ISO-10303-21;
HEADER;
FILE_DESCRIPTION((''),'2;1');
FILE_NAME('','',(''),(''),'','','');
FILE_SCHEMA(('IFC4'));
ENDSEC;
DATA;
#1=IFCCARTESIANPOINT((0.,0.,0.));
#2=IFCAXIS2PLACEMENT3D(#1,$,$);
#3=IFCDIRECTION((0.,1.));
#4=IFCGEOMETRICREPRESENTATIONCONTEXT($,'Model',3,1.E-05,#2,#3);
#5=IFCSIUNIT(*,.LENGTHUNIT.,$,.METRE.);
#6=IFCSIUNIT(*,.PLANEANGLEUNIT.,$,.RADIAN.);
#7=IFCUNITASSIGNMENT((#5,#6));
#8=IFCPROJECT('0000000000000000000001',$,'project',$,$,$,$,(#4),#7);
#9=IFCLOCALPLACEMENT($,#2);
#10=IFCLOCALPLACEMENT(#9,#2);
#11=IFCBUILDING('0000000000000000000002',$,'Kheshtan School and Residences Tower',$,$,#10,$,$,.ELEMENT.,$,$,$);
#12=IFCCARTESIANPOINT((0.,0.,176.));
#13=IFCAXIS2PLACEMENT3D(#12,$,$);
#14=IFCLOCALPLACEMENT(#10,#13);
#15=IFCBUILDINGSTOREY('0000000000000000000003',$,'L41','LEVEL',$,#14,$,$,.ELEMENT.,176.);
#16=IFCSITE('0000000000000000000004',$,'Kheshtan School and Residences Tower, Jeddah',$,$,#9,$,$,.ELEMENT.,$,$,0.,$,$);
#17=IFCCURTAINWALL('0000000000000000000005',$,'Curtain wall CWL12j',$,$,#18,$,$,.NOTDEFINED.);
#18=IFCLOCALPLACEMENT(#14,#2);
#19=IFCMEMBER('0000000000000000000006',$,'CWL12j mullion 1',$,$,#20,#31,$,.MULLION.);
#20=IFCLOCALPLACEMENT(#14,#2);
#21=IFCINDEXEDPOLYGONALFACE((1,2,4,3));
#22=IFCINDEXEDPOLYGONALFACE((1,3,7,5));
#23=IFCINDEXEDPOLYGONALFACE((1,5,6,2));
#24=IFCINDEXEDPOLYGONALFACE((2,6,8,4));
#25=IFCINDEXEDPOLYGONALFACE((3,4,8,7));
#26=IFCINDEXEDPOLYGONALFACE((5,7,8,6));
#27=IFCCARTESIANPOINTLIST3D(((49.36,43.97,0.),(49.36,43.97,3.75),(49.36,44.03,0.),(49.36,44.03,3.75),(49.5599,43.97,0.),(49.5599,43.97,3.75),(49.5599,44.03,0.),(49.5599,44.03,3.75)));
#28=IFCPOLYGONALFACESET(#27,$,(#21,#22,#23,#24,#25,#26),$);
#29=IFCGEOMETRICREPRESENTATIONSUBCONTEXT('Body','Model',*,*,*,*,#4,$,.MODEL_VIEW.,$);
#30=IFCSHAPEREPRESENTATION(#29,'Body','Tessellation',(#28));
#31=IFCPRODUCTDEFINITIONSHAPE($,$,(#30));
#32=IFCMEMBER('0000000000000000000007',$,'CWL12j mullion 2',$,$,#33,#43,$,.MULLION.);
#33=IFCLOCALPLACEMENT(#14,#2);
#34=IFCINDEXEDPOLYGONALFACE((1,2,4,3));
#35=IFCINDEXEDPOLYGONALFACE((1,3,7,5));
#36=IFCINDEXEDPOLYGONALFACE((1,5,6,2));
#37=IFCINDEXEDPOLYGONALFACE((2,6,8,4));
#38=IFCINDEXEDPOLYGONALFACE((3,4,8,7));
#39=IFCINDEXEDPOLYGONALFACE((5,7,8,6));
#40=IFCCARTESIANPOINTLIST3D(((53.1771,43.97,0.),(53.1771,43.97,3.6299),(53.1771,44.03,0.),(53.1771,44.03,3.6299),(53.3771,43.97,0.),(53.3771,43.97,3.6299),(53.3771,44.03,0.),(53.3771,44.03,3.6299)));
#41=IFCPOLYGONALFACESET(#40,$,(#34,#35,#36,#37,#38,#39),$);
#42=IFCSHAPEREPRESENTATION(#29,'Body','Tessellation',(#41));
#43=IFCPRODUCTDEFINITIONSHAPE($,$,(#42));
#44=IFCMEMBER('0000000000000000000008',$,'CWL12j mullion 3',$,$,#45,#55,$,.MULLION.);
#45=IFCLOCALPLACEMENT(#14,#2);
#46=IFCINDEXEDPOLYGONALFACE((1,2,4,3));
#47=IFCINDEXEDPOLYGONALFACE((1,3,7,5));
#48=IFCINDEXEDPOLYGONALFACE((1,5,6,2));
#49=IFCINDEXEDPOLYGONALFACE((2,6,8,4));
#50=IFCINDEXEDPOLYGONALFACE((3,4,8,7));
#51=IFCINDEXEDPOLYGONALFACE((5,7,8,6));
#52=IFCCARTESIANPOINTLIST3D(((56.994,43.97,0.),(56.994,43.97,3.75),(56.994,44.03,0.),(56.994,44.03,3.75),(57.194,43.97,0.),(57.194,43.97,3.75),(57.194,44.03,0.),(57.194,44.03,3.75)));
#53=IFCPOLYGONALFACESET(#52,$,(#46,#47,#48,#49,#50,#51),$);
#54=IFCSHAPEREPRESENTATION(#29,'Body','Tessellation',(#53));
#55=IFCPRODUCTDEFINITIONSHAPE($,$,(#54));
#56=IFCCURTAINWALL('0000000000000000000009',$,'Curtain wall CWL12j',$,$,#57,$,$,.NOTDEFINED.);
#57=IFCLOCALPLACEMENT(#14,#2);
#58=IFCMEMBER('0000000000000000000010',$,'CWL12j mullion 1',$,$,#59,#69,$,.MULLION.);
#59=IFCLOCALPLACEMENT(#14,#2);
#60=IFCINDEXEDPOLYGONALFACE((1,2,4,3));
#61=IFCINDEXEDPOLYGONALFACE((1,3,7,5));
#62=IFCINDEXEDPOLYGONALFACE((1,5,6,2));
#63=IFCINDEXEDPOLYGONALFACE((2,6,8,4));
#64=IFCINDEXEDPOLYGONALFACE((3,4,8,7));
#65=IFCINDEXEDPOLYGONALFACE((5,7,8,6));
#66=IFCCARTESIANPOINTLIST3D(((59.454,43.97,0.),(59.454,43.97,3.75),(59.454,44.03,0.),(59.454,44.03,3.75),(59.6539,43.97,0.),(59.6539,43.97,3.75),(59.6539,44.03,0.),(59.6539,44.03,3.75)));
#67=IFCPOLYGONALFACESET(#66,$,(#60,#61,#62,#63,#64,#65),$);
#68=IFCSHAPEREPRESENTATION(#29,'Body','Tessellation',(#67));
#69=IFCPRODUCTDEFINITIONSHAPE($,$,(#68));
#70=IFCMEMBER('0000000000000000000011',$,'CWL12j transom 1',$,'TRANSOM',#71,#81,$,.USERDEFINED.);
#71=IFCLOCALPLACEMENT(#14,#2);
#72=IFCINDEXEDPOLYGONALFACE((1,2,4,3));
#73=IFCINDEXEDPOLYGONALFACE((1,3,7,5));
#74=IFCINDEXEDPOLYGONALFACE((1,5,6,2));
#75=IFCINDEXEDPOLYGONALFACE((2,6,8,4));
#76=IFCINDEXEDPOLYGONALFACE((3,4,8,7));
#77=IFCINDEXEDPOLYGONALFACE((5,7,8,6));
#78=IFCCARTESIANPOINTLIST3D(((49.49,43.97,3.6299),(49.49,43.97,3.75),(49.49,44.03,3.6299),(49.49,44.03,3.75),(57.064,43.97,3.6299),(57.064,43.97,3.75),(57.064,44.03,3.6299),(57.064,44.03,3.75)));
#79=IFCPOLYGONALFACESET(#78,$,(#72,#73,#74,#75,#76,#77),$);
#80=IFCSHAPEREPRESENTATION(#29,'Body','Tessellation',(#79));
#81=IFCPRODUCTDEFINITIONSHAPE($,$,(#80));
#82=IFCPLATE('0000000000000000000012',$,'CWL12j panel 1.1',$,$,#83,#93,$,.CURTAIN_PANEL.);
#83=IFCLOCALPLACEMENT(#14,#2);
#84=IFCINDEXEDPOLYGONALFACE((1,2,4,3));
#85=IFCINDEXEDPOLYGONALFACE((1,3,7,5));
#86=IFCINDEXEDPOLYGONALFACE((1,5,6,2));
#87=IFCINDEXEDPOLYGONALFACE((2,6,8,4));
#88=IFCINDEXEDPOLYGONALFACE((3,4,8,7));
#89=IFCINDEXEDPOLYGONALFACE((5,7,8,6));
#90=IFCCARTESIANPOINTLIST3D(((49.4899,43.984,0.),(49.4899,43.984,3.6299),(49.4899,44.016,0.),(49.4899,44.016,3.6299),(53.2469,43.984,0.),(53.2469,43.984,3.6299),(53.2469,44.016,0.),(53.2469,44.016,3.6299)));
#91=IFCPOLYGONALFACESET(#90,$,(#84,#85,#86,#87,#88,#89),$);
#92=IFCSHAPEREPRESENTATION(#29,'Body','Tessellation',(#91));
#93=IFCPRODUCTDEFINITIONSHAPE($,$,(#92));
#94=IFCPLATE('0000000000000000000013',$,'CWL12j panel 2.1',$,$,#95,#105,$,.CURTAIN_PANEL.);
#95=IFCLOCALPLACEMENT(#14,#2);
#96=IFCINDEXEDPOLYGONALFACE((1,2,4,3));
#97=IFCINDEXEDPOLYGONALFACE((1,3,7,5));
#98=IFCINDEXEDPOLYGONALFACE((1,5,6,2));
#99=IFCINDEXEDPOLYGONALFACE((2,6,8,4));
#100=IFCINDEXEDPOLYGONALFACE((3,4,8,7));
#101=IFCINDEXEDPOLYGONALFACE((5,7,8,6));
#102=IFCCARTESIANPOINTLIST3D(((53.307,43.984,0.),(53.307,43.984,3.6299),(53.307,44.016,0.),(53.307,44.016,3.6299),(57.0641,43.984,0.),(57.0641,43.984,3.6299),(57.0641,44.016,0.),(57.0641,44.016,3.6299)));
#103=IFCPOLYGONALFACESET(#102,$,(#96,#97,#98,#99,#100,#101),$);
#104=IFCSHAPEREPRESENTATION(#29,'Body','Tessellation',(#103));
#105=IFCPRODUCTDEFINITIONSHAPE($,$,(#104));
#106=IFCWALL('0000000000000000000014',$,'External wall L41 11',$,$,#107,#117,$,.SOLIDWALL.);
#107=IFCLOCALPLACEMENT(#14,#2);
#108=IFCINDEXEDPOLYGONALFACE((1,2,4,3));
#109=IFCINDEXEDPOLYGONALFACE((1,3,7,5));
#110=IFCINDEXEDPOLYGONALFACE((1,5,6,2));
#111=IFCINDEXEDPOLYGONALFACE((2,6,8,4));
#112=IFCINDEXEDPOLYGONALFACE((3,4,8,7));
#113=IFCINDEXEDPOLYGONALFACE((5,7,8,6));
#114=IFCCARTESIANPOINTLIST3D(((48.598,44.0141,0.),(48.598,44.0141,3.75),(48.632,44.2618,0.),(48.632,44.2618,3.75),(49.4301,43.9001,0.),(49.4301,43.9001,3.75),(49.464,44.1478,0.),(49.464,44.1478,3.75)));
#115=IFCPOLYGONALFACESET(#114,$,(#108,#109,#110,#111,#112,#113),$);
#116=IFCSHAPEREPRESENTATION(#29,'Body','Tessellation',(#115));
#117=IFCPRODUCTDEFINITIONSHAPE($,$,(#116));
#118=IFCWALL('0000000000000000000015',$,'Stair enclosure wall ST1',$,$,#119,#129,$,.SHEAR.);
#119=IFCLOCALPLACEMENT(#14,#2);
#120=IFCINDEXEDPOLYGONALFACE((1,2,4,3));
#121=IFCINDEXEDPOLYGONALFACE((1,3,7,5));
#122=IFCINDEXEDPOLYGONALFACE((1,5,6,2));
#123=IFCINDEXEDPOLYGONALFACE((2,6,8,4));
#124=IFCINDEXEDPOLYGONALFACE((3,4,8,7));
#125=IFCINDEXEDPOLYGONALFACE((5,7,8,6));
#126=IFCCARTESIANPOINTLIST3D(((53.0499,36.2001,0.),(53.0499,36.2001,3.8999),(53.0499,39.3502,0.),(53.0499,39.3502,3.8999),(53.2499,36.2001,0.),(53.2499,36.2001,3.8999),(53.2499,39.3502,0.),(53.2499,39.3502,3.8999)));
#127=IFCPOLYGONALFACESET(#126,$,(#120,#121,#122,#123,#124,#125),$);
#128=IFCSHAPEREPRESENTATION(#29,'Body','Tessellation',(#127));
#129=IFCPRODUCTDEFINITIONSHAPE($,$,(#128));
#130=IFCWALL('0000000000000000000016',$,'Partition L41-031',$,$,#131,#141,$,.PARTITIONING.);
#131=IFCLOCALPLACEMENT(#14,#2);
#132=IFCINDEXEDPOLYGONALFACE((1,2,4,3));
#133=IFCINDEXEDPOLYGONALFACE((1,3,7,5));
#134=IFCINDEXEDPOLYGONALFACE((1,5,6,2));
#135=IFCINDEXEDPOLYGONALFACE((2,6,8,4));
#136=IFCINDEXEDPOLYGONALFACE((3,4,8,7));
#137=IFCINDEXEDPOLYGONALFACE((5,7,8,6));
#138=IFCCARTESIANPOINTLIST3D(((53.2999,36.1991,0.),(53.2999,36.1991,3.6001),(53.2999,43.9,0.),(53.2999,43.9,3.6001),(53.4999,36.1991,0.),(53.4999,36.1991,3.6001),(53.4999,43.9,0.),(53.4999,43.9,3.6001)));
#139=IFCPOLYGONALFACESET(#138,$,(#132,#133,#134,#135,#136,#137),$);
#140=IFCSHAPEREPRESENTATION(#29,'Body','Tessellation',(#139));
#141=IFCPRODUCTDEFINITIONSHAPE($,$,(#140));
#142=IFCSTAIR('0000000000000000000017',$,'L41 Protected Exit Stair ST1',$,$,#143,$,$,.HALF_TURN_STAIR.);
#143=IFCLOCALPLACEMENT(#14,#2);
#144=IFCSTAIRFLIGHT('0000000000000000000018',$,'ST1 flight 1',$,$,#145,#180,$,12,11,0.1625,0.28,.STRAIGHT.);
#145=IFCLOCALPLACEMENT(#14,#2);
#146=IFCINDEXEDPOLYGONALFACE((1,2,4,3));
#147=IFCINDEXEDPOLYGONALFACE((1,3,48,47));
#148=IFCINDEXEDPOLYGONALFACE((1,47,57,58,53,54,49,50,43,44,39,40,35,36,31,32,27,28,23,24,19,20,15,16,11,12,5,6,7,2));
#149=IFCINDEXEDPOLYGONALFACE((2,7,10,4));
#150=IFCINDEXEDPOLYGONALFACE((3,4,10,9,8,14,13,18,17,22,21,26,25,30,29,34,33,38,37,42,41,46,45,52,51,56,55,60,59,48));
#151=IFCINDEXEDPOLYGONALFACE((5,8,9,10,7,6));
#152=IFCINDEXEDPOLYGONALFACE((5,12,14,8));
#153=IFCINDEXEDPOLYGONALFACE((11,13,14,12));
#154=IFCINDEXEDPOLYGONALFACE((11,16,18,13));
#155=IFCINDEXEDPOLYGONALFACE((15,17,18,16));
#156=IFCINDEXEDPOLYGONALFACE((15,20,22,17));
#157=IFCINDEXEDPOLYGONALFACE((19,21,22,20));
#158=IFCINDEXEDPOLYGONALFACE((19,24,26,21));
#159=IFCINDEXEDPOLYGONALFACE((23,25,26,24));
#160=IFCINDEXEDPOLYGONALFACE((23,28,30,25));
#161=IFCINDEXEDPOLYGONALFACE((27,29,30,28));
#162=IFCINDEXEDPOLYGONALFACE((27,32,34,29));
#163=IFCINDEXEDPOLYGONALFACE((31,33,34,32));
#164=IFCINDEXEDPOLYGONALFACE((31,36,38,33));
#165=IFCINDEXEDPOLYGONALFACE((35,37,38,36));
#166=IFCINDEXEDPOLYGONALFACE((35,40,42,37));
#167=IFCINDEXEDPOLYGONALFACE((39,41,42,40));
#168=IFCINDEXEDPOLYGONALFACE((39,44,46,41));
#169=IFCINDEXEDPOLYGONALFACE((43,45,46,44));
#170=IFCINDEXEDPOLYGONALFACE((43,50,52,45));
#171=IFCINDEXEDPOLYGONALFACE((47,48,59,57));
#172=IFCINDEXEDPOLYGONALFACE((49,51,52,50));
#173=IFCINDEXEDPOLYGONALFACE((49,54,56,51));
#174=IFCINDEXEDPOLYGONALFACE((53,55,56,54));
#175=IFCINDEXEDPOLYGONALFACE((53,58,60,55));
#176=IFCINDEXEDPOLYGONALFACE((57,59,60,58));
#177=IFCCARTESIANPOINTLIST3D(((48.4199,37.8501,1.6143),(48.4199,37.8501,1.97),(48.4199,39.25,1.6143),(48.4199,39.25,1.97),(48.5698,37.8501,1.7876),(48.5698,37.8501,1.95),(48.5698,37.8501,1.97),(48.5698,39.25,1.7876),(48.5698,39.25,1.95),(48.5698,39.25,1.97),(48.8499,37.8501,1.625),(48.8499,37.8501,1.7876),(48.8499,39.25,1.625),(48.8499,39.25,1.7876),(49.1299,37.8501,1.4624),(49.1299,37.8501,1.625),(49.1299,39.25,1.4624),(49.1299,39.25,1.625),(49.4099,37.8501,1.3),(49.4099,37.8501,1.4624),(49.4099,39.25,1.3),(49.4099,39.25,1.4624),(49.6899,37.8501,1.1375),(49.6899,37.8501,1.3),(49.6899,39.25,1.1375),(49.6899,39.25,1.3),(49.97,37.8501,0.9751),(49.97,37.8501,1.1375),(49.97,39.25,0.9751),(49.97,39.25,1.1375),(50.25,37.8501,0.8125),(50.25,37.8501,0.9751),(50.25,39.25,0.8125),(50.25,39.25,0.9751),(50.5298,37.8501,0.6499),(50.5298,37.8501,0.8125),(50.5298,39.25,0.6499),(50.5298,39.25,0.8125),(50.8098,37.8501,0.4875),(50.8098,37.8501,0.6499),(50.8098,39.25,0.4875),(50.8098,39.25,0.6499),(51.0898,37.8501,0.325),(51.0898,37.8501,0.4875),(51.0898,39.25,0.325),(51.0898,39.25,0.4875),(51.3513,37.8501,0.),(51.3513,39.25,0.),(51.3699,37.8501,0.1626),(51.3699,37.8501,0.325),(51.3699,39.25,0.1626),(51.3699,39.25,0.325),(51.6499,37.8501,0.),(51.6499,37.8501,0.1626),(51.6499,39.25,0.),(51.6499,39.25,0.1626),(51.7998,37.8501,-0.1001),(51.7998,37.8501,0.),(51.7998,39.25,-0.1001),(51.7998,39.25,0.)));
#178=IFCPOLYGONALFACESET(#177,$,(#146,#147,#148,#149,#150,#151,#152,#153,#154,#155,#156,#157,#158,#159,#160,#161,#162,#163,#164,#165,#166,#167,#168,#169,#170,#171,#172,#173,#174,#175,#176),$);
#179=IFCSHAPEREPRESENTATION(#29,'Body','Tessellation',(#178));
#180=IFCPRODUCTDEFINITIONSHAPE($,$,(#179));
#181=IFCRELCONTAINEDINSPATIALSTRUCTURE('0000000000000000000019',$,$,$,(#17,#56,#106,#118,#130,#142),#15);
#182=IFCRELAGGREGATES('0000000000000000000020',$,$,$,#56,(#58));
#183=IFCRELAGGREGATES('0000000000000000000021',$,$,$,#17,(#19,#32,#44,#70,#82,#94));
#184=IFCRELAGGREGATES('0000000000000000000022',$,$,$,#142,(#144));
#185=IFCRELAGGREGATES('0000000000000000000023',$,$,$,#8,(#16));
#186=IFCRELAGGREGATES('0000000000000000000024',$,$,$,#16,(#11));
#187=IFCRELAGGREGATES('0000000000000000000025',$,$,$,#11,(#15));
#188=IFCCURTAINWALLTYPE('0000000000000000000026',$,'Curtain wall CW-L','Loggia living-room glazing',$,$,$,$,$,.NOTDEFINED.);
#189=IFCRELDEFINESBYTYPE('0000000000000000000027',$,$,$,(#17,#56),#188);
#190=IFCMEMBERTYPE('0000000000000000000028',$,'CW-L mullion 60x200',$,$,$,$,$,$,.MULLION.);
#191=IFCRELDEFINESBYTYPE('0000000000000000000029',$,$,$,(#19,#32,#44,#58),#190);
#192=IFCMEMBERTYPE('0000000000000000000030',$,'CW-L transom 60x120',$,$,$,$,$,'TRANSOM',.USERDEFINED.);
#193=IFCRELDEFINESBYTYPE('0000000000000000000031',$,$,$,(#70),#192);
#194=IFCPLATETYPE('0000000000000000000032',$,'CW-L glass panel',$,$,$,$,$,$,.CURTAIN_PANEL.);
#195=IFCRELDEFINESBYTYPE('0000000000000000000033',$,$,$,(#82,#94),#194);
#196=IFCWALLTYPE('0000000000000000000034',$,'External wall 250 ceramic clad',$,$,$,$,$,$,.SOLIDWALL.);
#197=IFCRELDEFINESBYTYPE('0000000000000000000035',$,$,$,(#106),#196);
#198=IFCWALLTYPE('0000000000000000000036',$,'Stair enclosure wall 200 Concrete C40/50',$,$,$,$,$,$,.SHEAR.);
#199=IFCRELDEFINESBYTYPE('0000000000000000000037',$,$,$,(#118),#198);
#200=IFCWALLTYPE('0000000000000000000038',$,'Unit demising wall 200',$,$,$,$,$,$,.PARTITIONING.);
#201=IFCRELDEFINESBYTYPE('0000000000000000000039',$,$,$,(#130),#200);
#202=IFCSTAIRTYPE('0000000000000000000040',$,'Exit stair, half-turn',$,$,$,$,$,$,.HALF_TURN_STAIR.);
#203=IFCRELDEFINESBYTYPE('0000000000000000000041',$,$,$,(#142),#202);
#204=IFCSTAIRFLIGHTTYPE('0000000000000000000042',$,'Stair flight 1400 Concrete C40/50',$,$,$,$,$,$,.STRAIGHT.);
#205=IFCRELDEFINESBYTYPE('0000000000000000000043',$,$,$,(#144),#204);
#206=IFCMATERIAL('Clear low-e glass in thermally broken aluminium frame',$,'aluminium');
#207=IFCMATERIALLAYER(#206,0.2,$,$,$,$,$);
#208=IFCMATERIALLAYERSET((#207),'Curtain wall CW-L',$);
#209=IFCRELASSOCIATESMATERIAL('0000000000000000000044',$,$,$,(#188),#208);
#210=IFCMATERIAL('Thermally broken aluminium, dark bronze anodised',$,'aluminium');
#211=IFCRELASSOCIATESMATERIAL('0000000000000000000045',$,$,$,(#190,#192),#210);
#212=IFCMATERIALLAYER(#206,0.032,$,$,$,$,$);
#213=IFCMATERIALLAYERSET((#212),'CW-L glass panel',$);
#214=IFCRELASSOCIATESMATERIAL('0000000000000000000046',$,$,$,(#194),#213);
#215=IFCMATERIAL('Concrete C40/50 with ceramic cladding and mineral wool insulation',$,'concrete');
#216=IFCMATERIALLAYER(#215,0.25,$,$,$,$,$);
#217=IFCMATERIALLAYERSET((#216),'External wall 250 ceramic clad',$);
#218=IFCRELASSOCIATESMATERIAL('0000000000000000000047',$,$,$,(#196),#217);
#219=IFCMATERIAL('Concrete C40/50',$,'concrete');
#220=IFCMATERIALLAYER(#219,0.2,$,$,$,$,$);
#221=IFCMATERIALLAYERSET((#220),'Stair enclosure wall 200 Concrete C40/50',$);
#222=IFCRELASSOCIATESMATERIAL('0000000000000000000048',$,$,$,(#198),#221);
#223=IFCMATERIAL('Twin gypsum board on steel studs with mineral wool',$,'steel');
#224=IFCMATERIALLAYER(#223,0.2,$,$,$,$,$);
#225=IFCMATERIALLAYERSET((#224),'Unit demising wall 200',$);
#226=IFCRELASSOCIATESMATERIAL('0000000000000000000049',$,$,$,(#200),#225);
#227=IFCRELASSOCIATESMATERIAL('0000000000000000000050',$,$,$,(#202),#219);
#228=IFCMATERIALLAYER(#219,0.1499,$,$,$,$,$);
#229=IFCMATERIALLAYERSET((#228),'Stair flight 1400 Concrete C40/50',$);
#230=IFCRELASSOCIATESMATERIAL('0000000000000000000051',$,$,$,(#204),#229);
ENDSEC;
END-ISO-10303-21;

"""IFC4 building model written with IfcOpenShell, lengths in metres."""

from ifc_helpers import new_model, si_unit, direction, frame, frame_2d, origin, origin_2d, place, context, subcontext, project, spatial, polyline, rectangle, outline, extrude, material, layer, layer_set, material_profile, profile_set, type_object, element, aggregate, save


model = new_model("IFC4")

# Units and contexts
model_context = context("Model", 3, precision=1e-05, world=origin(), true_north=direction((0.0, 1.0)))
body_context = subcontext(model_context, "Body", "Model", "MODEL_VIEW")
ifc_project = project(units=[si_unit("LENGTHUNIT", "METRE"), si_unit("PLANEANGLEUNIT", "RADIAN")], contexts=[model_context])

# Site, building, storey
site_placement = place(None, origin())
site = spatial("IfcSite", under=ifc_project, at=site_placement, Name="Kheshtan School and Residences Tower, Jeddah", CompositionType="ELEMENT", RefElevation=0.0)
building_placement = place(site_placement, origin())
building = spatial("IfcBuilding", under=site, at=building_placement, Name="Kheshtan School and Residences Tower", CompositionType="ELEMENT")
storey_placement = place(building_placement, frame((0.0, 0.0, 176.0)))
storey = spatial("IfcBuildingStorey", under=building, at=storey_placement, Name="L41", Description="LEVEL", CompositionType="ELEMENT", Elevation=176.0)

# Curtain wall, members
ifc_material_1 = material(Name="Clear low-e glass in thermally broken aluminium frame", Category="aluminium")
ifc_layer_1 = layer(ifc_material_1, 0.2)
ifc_layer_set_1 = layer_set([ifc_layer_1], Name="Curtain wall CW-L")
curtain_wall_type = type_object("IfcCurtainWallType", Name="Curtain wall CW-L", Description="Loggia living-room glazing", PredefinedType="NOTDEFINED", material=ifc_layer_set_1)
curtain_wall_1_placement = place(storey_placement, origin())
curtain_wall_1 = element("IfcCurtainWall", 1, at=curtain_wall_1_placement, inside=storey, type_object=curtain_wall_type, Name="Curtain wall CWL12j", PredefinedType="NOTDEFINED")
ifc_material_2 = material(Name="Thermally broken aluminium, dark bronze anodised", Category="aluminium")
ifc_material_profile_1 = material_profile(ifc_material_2, rectangle(XDim=0.0601, YDim=0.2, at=origin_2d()), Name="CW-L mullion 60x200")
ifc_profile_set_1 = profile_set([ifc_material_profile_1], Name="Thermally broken aluminium, dark bronze anodised")
member_type_1 = type_object("IfcMemberType", Name="CW-L mullion 60x200", PredefinedType="MULLION", material=ifc_profile_set_1)
member_1_placement = place(storey_placement, frame((49.46, 44.0, 0.0), z_axis=(0.0, 0.0, 1.0), x_axis=(0.0, 1.0, 0.0)))
member_1 = element("IfcMember", 2, at=member_1_placement, type_object=member_type_1, Name="CWL12j mullion 1", PredefinedType="MULLION", context=body_context, shape_type="SweptSolid", body=[
    extrude(rectangle(XDim=0.0601, YDim=0.2, at=origin_2d()), origin(), (0.0, 0.0, 1.0), 3.75),
])
member_2_placement = place(storey_placement, frame((53.2771, 44.0, 0.0), z_axis=(0.0, 0.0, 1.0), x_axis=(0.0, 1.0, 0.0)))
member_2 = element("IfcMember", 3, at=member_2_placement, type_object=member_type_1, Name="CWL12j mullion 2", PredefinedType="MULLION", context=body_context, shape_type="SweptSolid", body=[
    extrude(rectangle(XDim=0.0601, YDim=0.2, at=origin_2d()), origin(), (0.0, 0.0, 1.0), 3.6299),
])
member_3_placement = place(storey_placement, frame((57.094, 44.0, 0.0), z_axis=(0.0, 0.0, 1.0), x_axis=(0.0, 1.0, 0.0)))
member_3 = element("IfcMember", 4, at=member_3_placement, type_object=member_type_1, Name="CWL12j mullion 3", PredefinedType="MULLION", context=body_context, shape_type="SweptSolid", body=[
    extrude(rectangle(XDim=0.0601, YDim=0.2, at=origin_2d()), origin(), (0.0, 0.0, 1.0), 3.75),
])

# Curtain wall, member
curtain_wall_2_placement = place(storey_placement, origin())
curtain_wall_2 = element("IfcCurtainWall", 5, at=curtain_wall_2_placement, inside=storey, type_object=curtain_wall_type, Name="Curtain wall CWL12j", PredefinedType="NOTDEFINED")
member_4_placement = place(storey_placement, frame((59.554, 44.0, 0.0), z_axis=(0.0, 0.0, 1.0), x_axis=(0.0, 1.0, 0.0)))
member_4 = element("IfcMember", 6, at=member_4_placement, type_object=member_type_1, Name="CWL12j mullion 1", PredefinedType="MULLION", context=body_context, shape_type="SweptSolid", body=[
    extrude(rectangle(XDim=0.0601, YDim=0.2, at=origin_2d()), origin(), (0.0, 0.0, 1.0), 3.75),
])
aggregate(curtain_wall_2, [member_4])

# Member
ifc_material_profile_2 = material_profile(ifc_material_2, rectangle(XDim=0.0601, YDim=0.1201, at=origin_2d()), Name="CW-L transom 60x120")
ifc_profile_set_2 = profile_set([ifc_material_profile_2], Name="Thermally broken aluminium, dark bronze anodised")
member_type_2 = type_object("IfcMemberType", Name="CW-L transom 60x120", ElementType="TRANSOM", PredefinedType="USERDEFINED", material=ifc_profile_set_2)
member_5_placement = place(storey_placement, frame((49.49, 44.0, 3.6899), z_axis=(1.0, 0.0, 0.0), x_axis=(0.0, 1.0, 0.0)))
member_5 = element("IfcMember", 7, at=member_5_placement, type_object=member_type_2, Name="CWL12j transom 1", ObjectType="TRANSOM", PredefinedType="USERDEFINED", context=body_context, shape_type="SweptSolid", body=[
    extrude(rectangle(XDim=0.0601, YDim=0.1201, at=origin_2d()), origin(), (0.0, 0.0, 1.0), 7.574),
])

# Plates
ifc_layer_2 = layer(ifc_material_1, 0.032)
ifc_layer_set_2 = layer_set([ifc_layer_2], Name="CW-L glass panel")
plate_type = type_object("IfcPlateType", Name="CW-L glass panel", PredefinedType="CURTAIN_PANEL", material=ifc_layer_set_2)
plate_1_placement = place(storey_placement, frame((51.3684, 44.0, 0.0), z_axis=(0.0, 0.0, 1.0), x_axis=(1.0, 0.0, 0.0)))
plate_1 = element("IfcPlate", 8, at=plate_1_placement, type_object=plate_type, Name="CWL12j panel 1.1", PredefinedType="CURTAIN_PANEL", context=body_context, shape_type="SweptSolid", body=[
    extrude(rectangle(XDim=3.7571, YDim=0.032, at=origin_2d()), origin(), (0.0, 0.0, 1.0), 3.6299),
])
plate_2_placement = place(storey_placement, frame((55.1855, 44.0, 0.0), z_axis=(0.0, 0.0, 1.0), x_axis=(1.0, 0.0, 0.0)))
plate_2 = element("IfcPlate", 9, at=plate_2_placement, type_object=plate_type, Name="CWL12j panel 2.1", PredefinedType="CURTAIN_PANEL", context=body_context, shape_type="SweptSolid", body=[
    extrude(rectangle(XDim=3.7571, YDim=0.032, at=origin_2d()), origin(), (0.0, 0.0, 1.0), 3.6299),
])
aggregate(curtain_wall_1, [member_1, member_2, member_3, member_5, plate_1, plate_2])

# Wall
ifc_material_3 = material(Name="Concrete C40/50 with ceramic cladding and mineral wool insulation", Category="concrete")
ifc_layer_3 = layer(ifc_material_3, 0.25)
ifc_layer_set_3 = layer_set([ifc_layer_3], Name="External wall 250 ceramic clad")
wall_type_1 = type_object("IfcWallType", Name="External wall 250 ceramic clad", PredefinedType="SOLIDWALL", material=ifc_layer_set_3)
wall_1_placement = place(storey_placement, frame((48.615, 44.1379, 0.0), z_axis=(0.0, 0.0, 1.0), x_axis=(0.990742, -0.135762, 0.0)))
element("IfcWall", 10, at=wall_1_placement, inside=storey, type_object=wall_type_1, Name="External wall L41 11", PredefinedType="SOLIDWALL", context=body_context, shape_type="SweptSolid", body=[
    extrude(rectangle(XDim=0.8398, YDim=0.25, at=frame_2d((0.4199, 0.0))), origin(), (0.0, 0.0, 1.0), 3.75),
])

# Walls
ifc_material_4 = material(Name="Concrete C40/50", Category="concrete")
ifc_layer_4 = layer(ifc_material_4, 0.2)
ifc_layer_set_4 = layer_set([ifc_layer_4], Name="Stair enclosure wall 200 Concrete C40/50")
wall_type_2 = type_object("IfcWallType", Name="Stair enclosure wall 200 Concrete C40/50", PredefinedType="SHEAR", material=ifc_layer_set_4)
wall_2_placement = place(storey_placement, frame((53.1499, 36.2, 0.0), z_axis=(0.0, 0.0, 1.0), x_axis=(0.0, 1.0, 0.0)))
element("IfcWall", 11, at=wall_2_placement, inside=storey, type_object=wall_type_2, Name="Stair enclosure wall ST1", PredefinedType="SHEAR", context=body_context, shape_type="SweptSolid", body=[
    extrude(rectangle(XDim=3.1501, YDim=0.2, at=frame_2d((1.5752, 0.0))), origin(), (0.0, 0.0, 1.0), 3.8999),
])
ifc_material_5 = material(Name="Twin gypsum board on steel studs with mineral wool", Category="steel")
ifc_layer_5 = layer(ifc_material_5, 0.2)
ifc_layer_set_5 = layer_set([ifc_layer_5], Name="Unit demising wall 200")
wall_type_3 = type_object("IfcWallType", Name="Unit demising wall 200", PredefinedType="PARTITIONING", material=ifc_layer_set_5)
wall_3_placement = place(storey_placement, frame((53.3999, 36.199, 0.0), z_axis=(0.0, 0.0, 1.0), x_axis=(0.0, 1.0, 0.0)))
element("IfcWall", 12, at=wall_3_placement, inside=storey, type_object=wall_type_3, Name="Partition L41-031", PredefinedType="PARTITIONING", context=body_context, shape_type="SweptSolid", body=[
    extrude(rectangle(XDim=7.7009, YDim=0.2, at=frame_2d((3.8506, 0.0))), origin(), (0.0, 0.0, 1.0), 3.6001),
])

# Stair, stair flight
stair_type = type_object("IfcStairType", Name="Exit stair, half-turn", PredefinedType="HALF_TURN_STAIR", material=ifc_material_4)
stair_placement = place(storey_placement, origin())
stair = element("IfcStair", 13, at=stair_placement, inside=storey, type_object=stair_type, Name="L41 Protected Exit Stair ST1", PredefinedType="HALF_TURN_STAIR")
ifc_layer_6 = layer(ifc_material_4, 0.1499)
ifc_layer_set_6 = layer_set([ifc_layer_6], Name="Stair flight 1400 Concrete C40/50")
stair_flight_type = type_object("IfcStairFlightType", Name="Stair flight 1400 Concrete C40/50", PredefinedType="STRAIGHT", material=ifc_layer_set_6)
stair_flight_1_placement = place(storey_placement, frame((51.6499, 38.55, 0.0), z_axis=(0.0, 0.0, 1.0), x_axis=(-1.0, 0.0, 0.0)))
stair_flight_1 = element("IfcStairFlight", 14, at=stair_flight_1_placement, type_object=stair_flight_type, Name="ST1 flight 1", NumberOfRisers=12, NumberOfTreads=11, PredefinedType="STRAIGHT", RiserHeight=0.1625, TreadLength=0.28, context=body_context, shape_type="SweptSolid", body=[
    extrude(outline(polyline([(-0.1499, -0.1001), (-0.1499, 0.0), (0.0, 0.0), (0.0, 0.1626), (0.28, 0.1626), (0.28, 0.325), (0.5601, 0.325), (0.5601, 0.4875), (0.8401, 0.4875), (0.8401, 0.6499), (1.1201, 0.6499), (1.1201, 0.8125), (1.3999, 0.8125), (1.3999, 0.9751), (1.6799, 0.9751), (1.6799, 1.1375), (1.96, 1.1375), (1.96, 1.3), (2.24, 1.3), (2.24, 1.4624), (2.52, 1.4624), (2.52, 1.625), (2.8, 1.625), (2.8, 1.7876), (3.0801, 1.7876), (3.0801, 1.95), (3.0801, 1.97), (3.23, 1.97), (3.23, 1.6143), (0.2986, 0.0), (-0.1499, -0.1001)])), frame((0.0, 0.7, 0.0), z_axis=(0.0, -1.0, 0.0), x_axis=(1.0, 0.0, 0.0)), (0.0, 0.0, 1.0), 1.3999),
])
aggregate(stair, [stair_flight_1])

save(model, "model.ifc")
